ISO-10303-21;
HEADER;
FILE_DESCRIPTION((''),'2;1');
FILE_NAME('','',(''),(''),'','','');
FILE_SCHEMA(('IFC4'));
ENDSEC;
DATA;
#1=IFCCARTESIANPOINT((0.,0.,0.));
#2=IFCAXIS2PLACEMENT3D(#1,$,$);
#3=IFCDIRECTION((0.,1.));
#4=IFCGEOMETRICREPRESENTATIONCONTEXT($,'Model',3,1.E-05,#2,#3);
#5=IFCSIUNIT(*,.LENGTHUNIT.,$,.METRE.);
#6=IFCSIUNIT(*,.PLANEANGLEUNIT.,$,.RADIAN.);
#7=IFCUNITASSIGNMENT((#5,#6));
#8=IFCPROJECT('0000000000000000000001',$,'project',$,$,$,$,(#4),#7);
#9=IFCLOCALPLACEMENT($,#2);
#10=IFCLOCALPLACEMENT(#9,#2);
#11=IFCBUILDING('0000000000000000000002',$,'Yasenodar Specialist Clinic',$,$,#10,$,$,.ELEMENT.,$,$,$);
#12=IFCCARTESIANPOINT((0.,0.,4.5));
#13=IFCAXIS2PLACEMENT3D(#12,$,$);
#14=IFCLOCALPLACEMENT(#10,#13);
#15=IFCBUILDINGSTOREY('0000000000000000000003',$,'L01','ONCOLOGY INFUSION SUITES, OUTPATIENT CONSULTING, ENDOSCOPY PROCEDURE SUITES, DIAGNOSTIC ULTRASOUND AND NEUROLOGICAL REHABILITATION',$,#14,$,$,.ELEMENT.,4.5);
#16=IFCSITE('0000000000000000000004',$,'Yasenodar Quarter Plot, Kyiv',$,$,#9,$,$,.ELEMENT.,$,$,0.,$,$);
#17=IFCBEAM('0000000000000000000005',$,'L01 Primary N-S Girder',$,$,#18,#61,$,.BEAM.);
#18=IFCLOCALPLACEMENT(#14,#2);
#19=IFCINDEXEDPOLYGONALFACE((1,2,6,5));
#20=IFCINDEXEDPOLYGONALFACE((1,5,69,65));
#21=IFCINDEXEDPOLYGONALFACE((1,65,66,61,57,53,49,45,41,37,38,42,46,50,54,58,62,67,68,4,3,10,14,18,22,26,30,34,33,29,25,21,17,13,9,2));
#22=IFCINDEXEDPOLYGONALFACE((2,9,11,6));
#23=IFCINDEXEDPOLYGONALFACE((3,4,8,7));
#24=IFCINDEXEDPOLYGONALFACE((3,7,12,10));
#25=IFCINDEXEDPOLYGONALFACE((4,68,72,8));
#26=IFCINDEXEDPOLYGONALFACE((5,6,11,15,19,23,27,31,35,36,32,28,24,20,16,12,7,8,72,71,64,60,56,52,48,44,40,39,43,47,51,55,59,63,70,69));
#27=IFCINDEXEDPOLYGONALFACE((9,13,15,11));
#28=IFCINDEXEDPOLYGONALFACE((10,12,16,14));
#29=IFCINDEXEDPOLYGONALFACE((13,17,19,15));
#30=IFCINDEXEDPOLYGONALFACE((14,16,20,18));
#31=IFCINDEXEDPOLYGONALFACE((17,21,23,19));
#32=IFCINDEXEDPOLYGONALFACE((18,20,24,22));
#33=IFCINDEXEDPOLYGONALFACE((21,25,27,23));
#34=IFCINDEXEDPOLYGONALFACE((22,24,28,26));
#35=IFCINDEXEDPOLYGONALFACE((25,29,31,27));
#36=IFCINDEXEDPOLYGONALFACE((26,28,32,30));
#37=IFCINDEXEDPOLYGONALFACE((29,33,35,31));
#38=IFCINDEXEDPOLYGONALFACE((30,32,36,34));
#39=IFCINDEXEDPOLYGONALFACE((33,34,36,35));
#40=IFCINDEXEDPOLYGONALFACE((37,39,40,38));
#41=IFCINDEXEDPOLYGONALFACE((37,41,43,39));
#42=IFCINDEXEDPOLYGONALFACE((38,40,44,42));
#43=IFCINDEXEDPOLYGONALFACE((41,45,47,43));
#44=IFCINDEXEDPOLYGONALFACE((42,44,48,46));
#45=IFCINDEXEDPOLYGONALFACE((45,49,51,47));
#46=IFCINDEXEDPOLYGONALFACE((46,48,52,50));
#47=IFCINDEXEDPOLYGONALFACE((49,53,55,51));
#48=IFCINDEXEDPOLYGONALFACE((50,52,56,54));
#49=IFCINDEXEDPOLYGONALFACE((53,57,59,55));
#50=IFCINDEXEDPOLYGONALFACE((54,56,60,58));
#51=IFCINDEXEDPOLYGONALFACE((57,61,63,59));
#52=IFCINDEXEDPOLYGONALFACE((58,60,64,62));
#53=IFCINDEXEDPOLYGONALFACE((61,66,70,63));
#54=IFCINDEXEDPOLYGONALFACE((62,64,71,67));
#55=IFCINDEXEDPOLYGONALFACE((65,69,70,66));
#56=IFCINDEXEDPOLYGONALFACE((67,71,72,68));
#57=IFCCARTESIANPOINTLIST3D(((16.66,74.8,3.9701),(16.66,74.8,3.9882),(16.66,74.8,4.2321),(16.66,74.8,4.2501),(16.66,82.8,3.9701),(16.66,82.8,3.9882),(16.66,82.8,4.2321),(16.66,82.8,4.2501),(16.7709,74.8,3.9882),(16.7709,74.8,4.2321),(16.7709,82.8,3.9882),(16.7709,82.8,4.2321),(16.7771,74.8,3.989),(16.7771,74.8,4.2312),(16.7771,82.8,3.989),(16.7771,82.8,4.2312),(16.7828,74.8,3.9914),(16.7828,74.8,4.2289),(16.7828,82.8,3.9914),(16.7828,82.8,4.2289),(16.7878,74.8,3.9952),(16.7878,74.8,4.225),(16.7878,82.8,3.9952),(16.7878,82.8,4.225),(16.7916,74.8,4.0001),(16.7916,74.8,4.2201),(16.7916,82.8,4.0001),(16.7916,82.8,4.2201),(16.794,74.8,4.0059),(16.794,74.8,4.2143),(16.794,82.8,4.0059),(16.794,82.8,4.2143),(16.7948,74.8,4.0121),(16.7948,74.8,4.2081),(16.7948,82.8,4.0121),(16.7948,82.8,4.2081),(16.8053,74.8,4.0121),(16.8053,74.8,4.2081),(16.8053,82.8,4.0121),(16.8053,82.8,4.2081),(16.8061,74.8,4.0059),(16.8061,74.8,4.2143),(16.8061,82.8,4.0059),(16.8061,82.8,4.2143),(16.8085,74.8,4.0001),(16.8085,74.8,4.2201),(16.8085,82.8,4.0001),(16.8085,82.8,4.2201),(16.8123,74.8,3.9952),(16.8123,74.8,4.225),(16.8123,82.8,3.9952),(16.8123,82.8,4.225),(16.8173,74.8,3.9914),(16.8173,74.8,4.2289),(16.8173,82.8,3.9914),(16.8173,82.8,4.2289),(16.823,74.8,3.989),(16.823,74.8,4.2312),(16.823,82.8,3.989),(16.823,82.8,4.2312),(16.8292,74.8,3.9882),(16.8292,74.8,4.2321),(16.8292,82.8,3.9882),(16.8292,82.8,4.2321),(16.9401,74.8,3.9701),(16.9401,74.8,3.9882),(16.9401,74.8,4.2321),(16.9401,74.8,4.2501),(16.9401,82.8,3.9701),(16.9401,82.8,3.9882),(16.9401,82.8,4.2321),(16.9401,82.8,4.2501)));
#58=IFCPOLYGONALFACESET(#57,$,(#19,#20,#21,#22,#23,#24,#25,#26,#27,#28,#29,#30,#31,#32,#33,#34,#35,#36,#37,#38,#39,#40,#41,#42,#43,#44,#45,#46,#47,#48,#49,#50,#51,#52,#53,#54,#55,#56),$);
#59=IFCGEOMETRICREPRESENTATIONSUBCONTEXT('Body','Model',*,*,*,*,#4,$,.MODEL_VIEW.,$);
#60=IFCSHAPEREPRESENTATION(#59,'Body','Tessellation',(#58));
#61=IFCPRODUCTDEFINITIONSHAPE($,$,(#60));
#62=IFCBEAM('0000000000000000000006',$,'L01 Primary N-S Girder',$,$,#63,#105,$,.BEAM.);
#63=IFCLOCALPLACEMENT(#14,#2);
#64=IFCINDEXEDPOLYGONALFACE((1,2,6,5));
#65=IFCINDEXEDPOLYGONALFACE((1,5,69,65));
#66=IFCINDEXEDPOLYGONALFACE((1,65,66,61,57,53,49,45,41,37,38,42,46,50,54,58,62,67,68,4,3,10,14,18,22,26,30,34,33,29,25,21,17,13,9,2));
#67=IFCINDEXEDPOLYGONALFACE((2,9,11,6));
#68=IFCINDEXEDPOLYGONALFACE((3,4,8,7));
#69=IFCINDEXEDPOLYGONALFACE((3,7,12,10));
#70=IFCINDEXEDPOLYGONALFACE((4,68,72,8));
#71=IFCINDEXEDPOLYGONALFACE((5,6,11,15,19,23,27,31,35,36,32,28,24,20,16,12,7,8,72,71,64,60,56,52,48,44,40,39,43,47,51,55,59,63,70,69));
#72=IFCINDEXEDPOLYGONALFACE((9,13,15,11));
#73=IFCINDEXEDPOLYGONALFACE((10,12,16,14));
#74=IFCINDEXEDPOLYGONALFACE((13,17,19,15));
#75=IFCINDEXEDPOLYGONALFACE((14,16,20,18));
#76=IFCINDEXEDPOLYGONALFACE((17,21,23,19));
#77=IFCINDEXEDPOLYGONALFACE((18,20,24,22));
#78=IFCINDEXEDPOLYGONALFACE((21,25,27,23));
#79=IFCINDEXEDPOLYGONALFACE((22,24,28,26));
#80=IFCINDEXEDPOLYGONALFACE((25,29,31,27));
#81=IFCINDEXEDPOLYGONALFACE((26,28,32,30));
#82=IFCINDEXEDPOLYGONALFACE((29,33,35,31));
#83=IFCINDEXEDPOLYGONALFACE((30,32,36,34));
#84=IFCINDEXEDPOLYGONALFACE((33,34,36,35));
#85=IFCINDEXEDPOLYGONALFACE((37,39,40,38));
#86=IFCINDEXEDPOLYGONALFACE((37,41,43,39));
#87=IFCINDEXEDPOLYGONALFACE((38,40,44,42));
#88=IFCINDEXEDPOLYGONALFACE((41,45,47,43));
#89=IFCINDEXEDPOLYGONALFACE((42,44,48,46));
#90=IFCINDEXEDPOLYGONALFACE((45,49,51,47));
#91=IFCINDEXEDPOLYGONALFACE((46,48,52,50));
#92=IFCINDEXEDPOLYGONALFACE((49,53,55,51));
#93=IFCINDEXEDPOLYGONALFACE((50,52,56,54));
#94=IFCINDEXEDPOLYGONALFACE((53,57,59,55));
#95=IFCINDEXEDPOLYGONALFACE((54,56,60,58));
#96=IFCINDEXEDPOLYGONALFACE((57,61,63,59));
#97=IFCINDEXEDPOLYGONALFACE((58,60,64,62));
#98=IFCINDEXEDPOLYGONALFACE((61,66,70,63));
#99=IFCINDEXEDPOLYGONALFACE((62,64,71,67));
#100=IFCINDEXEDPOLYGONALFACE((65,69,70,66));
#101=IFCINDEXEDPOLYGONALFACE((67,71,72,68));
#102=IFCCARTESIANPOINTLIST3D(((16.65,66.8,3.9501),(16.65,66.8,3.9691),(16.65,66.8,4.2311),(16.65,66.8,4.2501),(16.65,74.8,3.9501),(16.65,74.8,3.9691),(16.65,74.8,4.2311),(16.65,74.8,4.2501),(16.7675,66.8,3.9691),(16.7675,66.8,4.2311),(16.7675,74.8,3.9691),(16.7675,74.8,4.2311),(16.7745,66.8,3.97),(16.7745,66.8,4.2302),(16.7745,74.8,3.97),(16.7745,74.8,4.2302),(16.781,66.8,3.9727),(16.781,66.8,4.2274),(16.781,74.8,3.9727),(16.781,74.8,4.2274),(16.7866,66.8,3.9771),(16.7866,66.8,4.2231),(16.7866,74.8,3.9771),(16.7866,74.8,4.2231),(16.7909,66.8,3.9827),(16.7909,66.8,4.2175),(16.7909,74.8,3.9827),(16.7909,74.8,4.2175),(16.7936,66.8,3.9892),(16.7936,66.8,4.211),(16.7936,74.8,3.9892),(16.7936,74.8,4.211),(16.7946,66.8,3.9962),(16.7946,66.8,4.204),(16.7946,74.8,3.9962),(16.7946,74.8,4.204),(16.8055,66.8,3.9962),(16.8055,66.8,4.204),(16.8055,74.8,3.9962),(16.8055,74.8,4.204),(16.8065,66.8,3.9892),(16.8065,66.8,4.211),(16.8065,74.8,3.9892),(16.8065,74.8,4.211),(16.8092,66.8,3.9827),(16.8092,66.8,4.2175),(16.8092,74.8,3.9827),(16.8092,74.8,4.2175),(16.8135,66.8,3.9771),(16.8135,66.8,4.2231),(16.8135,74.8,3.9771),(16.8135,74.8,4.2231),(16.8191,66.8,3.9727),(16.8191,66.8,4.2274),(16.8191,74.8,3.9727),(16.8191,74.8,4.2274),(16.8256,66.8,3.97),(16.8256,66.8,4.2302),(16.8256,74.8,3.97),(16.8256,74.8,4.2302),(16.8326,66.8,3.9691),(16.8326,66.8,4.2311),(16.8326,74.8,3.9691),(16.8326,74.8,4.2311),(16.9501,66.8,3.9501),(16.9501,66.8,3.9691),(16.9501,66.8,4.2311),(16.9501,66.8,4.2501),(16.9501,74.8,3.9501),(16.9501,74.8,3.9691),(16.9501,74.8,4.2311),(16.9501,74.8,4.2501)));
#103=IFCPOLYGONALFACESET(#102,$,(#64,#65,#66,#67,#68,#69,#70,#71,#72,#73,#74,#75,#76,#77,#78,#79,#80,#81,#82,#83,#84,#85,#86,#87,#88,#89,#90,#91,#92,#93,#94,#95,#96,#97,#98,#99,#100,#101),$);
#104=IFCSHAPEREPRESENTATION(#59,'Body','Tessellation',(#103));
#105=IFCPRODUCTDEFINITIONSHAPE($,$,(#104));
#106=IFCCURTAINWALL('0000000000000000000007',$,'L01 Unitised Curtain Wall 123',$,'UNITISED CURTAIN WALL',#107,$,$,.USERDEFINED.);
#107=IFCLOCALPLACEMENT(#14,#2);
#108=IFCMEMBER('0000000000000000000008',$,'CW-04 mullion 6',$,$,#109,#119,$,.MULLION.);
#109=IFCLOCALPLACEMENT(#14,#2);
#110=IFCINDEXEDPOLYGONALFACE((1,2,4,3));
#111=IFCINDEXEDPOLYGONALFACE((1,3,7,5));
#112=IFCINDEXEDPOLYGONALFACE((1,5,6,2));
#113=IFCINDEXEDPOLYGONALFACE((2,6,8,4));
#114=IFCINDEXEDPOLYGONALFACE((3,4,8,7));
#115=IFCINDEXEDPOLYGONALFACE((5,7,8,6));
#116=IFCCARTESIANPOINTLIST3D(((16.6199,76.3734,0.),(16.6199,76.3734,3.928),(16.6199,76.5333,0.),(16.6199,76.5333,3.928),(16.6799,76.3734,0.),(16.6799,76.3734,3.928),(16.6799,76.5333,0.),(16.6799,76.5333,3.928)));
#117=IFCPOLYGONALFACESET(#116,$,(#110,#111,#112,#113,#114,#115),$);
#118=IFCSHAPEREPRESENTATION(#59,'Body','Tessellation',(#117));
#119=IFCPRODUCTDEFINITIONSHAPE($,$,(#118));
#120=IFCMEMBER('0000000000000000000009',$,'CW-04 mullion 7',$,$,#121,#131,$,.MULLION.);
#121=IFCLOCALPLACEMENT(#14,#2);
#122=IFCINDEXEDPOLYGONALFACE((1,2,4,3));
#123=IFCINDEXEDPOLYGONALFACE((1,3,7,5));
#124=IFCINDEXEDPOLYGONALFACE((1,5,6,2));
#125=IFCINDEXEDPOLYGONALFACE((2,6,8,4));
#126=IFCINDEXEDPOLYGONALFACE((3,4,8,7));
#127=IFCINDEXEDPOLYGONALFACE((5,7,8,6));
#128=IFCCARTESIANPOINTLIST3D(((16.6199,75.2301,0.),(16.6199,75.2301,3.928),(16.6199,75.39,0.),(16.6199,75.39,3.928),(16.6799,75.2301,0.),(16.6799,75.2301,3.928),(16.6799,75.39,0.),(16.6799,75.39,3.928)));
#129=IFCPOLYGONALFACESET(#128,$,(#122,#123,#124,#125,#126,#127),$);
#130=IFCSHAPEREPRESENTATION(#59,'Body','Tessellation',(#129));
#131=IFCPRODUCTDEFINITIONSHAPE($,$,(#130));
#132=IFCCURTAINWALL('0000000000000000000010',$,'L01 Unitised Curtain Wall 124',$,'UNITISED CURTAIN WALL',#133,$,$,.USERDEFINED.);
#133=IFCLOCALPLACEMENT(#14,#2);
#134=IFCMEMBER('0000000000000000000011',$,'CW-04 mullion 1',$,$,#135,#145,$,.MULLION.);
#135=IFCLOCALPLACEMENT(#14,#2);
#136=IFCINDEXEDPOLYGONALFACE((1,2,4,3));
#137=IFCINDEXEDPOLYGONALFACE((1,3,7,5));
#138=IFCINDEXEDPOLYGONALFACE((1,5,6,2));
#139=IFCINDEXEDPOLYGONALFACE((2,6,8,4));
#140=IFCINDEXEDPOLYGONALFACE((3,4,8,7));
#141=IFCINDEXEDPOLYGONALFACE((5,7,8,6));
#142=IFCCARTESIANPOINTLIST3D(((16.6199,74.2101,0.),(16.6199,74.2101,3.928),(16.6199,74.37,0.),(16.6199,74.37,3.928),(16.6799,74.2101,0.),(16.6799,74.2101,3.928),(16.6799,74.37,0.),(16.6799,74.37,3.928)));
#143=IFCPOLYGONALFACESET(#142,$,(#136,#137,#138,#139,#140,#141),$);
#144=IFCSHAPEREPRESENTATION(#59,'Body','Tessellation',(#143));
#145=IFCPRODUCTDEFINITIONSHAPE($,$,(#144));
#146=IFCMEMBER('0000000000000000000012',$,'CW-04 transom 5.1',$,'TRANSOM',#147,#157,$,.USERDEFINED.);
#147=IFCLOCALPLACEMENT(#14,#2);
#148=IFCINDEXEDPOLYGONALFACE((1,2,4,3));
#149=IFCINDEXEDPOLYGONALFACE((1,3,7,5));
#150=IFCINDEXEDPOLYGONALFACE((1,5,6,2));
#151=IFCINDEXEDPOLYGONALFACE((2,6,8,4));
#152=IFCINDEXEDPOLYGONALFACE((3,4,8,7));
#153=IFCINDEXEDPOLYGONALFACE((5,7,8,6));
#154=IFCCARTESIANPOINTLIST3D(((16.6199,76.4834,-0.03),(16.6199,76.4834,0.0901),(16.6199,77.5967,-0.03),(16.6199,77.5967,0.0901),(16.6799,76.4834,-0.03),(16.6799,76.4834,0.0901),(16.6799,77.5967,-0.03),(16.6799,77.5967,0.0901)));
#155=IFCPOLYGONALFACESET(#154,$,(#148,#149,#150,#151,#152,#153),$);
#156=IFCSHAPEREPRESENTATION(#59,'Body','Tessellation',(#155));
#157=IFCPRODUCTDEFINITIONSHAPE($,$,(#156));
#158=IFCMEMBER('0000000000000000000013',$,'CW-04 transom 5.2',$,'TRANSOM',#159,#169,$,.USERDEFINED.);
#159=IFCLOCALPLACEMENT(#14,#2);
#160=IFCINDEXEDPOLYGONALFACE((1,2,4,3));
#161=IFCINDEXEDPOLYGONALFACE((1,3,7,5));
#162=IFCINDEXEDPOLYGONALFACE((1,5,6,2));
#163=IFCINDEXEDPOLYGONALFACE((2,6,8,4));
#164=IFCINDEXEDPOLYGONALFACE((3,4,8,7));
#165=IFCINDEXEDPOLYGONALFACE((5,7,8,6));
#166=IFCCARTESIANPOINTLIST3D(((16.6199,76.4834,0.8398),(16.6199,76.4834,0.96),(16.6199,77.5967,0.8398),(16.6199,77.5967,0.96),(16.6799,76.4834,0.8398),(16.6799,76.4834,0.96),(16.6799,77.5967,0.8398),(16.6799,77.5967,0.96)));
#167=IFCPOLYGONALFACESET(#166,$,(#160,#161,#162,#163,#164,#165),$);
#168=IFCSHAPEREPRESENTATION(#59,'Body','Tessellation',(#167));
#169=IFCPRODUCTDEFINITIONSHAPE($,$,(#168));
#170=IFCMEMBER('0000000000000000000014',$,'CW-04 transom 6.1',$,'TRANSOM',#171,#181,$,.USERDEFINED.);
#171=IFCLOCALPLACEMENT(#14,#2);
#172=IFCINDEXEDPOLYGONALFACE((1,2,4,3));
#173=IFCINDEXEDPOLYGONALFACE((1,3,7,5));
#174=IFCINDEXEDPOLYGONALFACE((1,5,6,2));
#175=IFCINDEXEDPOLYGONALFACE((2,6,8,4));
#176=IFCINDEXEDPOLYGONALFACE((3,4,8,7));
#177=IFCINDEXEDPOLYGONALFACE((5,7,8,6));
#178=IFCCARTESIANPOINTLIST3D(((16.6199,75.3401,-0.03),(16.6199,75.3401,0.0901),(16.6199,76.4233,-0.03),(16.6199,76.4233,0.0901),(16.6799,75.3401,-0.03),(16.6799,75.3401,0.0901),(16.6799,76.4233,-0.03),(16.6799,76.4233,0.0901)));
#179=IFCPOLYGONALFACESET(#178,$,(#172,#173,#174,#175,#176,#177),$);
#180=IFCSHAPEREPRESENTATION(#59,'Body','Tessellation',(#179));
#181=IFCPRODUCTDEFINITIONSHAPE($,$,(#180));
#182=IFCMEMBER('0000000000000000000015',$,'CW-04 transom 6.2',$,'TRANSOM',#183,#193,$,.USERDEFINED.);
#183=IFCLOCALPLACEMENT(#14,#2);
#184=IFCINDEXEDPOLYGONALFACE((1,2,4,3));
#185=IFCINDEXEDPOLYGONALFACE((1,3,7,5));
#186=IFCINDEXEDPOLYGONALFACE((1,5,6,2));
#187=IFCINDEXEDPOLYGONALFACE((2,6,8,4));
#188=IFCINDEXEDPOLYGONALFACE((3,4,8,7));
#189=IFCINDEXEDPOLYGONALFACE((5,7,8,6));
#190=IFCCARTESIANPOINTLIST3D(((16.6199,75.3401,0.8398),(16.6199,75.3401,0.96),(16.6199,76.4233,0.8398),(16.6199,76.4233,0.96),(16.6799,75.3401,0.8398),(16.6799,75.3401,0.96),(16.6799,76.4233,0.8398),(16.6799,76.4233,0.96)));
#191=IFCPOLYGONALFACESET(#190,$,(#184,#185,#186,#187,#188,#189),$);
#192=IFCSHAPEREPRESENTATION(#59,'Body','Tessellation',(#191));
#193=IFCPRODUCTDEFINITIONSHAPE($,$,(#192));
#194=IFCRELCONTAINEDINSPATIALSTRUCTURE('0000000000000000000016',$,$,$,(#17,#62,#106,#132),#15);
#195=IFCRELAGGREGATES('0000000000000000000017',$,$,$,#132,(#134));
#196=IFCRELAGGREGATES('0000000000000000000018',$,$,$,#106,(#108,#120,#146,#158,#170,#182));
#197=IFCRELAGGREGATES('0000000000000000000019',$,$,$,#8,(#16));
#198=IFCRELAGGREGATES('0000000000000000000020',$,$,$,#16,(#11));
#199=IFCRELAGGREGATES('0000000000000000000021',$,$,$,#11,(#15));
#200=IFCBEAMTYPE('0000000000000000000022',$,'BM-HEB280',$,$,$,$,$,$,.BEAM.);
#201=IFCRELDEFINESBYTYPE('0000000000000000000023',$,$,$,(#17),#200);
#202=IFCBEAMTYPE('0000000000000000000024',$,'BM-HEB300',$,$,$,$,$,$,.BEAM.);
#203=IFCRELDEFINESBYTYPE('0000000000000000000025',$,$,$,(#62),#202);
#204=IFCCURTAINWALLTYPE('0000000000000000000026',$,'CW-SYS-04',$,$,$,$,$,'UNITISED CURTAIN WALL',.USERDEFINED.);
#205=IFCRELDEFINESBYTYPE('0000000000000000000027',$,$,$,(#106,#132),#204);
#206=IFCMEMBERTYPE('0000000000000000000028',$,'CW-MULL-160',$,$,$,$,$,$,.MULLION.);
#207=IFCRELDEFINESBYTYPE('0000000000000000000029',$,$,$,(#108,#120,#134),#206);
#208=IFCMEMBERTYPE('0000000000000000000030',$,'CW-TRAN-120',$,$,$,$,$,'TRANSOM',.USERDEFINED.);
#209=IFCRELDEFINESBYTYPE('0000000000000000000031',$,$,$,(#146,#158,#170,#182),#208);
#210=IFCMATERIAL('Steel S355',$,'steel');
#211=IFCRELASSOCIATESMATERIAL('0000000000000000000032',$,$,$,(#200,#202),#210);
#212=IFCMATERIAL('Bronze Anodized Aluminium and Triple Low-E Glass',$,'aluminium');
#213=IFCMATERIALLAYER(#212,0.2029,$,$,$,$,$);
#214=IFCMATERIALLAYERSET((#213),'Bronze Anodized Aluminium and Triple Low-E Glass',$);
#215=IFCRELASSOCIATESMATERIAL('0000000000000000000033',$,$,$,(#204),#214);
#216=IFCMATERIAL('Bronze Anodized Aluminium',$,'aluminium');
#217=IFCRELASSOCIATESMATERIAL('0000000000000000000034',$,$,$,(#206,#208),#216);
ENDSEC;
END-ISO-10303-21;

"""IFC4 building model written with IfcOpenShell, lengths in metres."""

from ifc_helpers import new_model, si_unit, direction, frame, origin, origin_2d, place, context, subcontext, project, spatial, rectangle, i_section, extrude, material, layer, layer_set, material_profile, profile_set, type_object, element, aggregate, save


model = new_model("IFC4")

# Units and contexts
model_context = context("Model", 3, precision=1e-05, world=origin(), true_north=direction((0.0, 1.0)))
body_context = subcontext(model_context, "Body", "Model", "MODEL_VIEW")
ifc_project = project(units=[si_unit("LENGTHUNIT", "METRE"), si_unit("PLANEANGLEUNIT", "RADIAN")], contexts=[model_context])

# Site, building, storey
site_placement = place(None, origin())
site = spatial("IfcSite", under=ifc_project, at=site_placement, Name="Yasenodar Quarter Plot, Kyiv", CompositionType="ELEMENT", RefElevation=0.0)
building_placement = place(site_placement, origin())
building = spatial("IfcBuilding", under=site, at=building_placement, Name="Yasenodar Specialist Clinic", CompositionType="ELEMENT")
storey_placement = place(building_placement, frame((0.0, 0.0, 4.5)))
storey = spatial("IfcBuildingStorey", under=building, at=storey_placement, Name="L01", Description="ONCOLOGY INFUSION SUITES, OUTPATIENT CONSULTING, ENDOSCOPY PROCEDURE SUITES, DIAGNOSTIC ULTRASOUND AND NEUROLOGICAL REHABILITATION", CompositionType="ELEMENT", Elevation=4.5)

# Shared definitions
ifc_material_1 = material(Name="Steel S355", Category="steel")

# Beams
ifc_material_profile_1 = material_profile(ifc_material_1, i_section(OverallWidth=0.28, OverallDepth=0.28, WebThickness=0.0105, FlangeThickness=0.0181, FilletRadius=0.0239, at=origin_2d()), Name="HEB 280")
ifc_profile_set_1 = profile_set([ifc_material_profile_1], Name="Steel S355")
beam_type_1 = type_object("IfcBeamType", Name="BM-HEB280", PredefinedType="BEAM", material=ifc_profile_set_1)
beam_1_placement = place(storey_placement, frame((16.8, 74.8, 4.1101), z_axis=(0.0, 1.0, 0.0), x_axis=(-1.0, 0.0, 0.0)))
element("IfcBeam", 1, at=beam_1_placement, inside=storey, type_object=beam_type_1, Name="L01 Primary N-S Girder", PredefinedType="BEAM", context=body_context, shape_type="SweptSolid", body=[
    extrude(i_section(OverallWidth=0.28, OverallDepth=0.28, WebThickness=0.0105, FlangeThickness=0.0181, FilletRadius=0.0239, at=origin_2d()), origin(), (0.0, 0.0, 1.0), 8.0),
])
ifc_material_profile_2 = material_profile(ifc_material_1, i_section(OverallWidth=0.3, OverallDepth=0.3, WebThickness=0.011, FlangeThickness=0.019, FilletRadius=0.0271, at=origin_2d()), Name="HEB 300")
ifc_profile_set_2 = profile_set([ifc_material_profile_2], Name="Steel S355")
beam_type_2 = type_object("IfcBeamType", Name="BM-HEB300", PredefinedType="BEAM", material=ifc_profile_set_2)
beam_2_placement = place(storey_placement, frame((16.8, 66.8, 4.1001), z_axis=(0.0, 1.0, 0.0), x_axis=(-1.0, 0.0, 0.0)))
element("IfcBeam", 2, at=beam_2_placement, inside=storey, type_object=beam_type_2, Name="L01 Primary N-S Girder", PredefinedType="BEAM", context=body_context, shape_type="SweptSolid", body=[
    extrude(i_section(OverallWidth=0.3, OverallDepth=0.3, WebThickness=0.011, FlangeThickness=0.019, FilletRadius=0.0271, at=origin_2d()), origin(), (0.0, 0.0, 1.0), 8.0),
])

# Curtain wall, members
ifc_material_2 = material(Name="Bronze Anodized Aluminium and Triple Low-E Glass", Category="aluminium")
ifc_layer_1 = layer(ifc_material_2, 0.2029)
ifc_layer_set_1 = layer_set([ifc_layer_1], Name="Bronze Anodized Aluminium and Triple Low-E Glass")
curtain_wall_type = type_object("IfcCurtainWallType", Name="CW-SYS-04", ElementType="UNITISED CURTAIN WALL", PredefinedType="USERDEFINED", material=ifc_layer_set_1)
curtain_wall_1_placement = place(storey_placement, origin())
curtain_wall_1 = element("IfcCurtainWall", 3, at=curtain_wall_1_placement, inside=storey, type_object=curtain_wall_type, Name="L01 Unitised Curtain Wall 123", ObjectType="UNITISED CURTAIN WALL", PredefinedType="USERDEFINED")
ifc_material_3 = material(Name="Bronze Anodized Aluminium", Category="aluminium")
ifc_material_profile_3 = material_profile(ifc_material_3, rectangle(XDim=0.0601, YDim=0.1599, at=origin_2d()), Name="CW-MULL 60x160")
ifc_profile_set_3 = profile_set([ifc_material_profile_3], Name="Bronze Anodized Aluminium")
member_type_1 = type_object("IfcMemberType", Name="CW-MULL-160", PredefinedType="MULLION", material=ifc_profile_set_3)
member_1_placement = place(storey_placement, frame((16.6499, 76.4534, 0.0), z_axis=(0.0, 0.0, 1.0), x_axis=(1.0, 0.0, 0.0)))
member_1 = element("IfcMember", 4, at=member_1_placement, type_object=member_type_1, Name="CW-04 mullion 6", PredefinedType="MULLION", context=body_context, shape_type="SweptSolid", body=[
    extrude(rectangle(XDim=0.0601, YDim=0.1599, at=origin_2d()), origin(), (0.0, 0.0, 1.0), 3.928),
])
member_2_placement = place(storey_placement, frame((16.6499, 75.3101, 0.0), z_axis=(0.0, 0.0, 1.0), x_axis=(1.0, 0.0, 0.0)))
member_2 = element("IfcMember", 5, at=member_2_placement, type_object=member_type_1, Name="CW-04 mullion 7", PredefinedType="MULLION", context=body_context, shape_type="SweptSolid", body=[
    extrude(rectangle(XDim=0.0601, YDim=0.1599, at=origin_2d()), origin(), (0.0, 0.0, 1.0), 3.928),
])

# Curtain wall, member
curtain_wall_2_placement = place(storey_placement, origin())
curtain_wall_2 = element("IfcCurtainWall", 6, at=curtain_wall_2_placement, inside=storey, type_object=curtain_wall_type, Name="L01 Unitised Curtain Wall 124", ObjectType="UNITISED CURTAIN WALL", PredefinedType="USERDEFINED")
member_3_placement = place(storey_placement, frame((16.6499, 74.29, 0.0), z_axis=(0.0, 0.0, 1.0), x_axis=(1.0, 0.0, 0.0)))
member_3 = element("IfcMember", 7, at=member_3_placement, type_object=member_type_1, Name="CW-04 mullion 1", PredefinedType="MULLION", context=body_context, shape_type="SweptSolid", body=[
    extrude(rectangle(XDim=0.0601, YDim=0.1599, at=origin_2d()), origin(), (0.0, 0.0, 1.0), 3.928),
])

# Members
ifc_material_profile_4 = material_profile(ifc_material_3, rectangle(XDim=0.0601, YDim=0.1201, at=origin_2d()), Name="CW-TRAN 60x120")
ifc_profile_set_4 = profile_set([ifc_material_profile_4], Name="Bronze Anodized Aluminium")
member_type_2 = type_object("IfcMemberType", Name="CW-TRAN-120", ElementType="TRANSOM", PredefinedType="USERDEFINED", material=ifc_profile_set_4)
member_4_placement = place(storey_placement, frame((16.6499, 77.5967, 0.03), z_axis=(0.0, -1.0, 0.0), x_axis=(1.0, 0.0, 0.0)))
member_4 = element("IfcMember", 8, at=member_4_placement, type_object=member_type_2, Name="CW-04 transom 5.1", ObjectType="TRANSOM", PredefinedType="USERDEFINED", context=body_context, shape_type="SweptSolid", body=[
    extrude(rectangle(XDim=0.0601, YDim=0.1201, at=origin_2d()), origin(), (0.0, 0.0, 1.0), 1.1133),
])
member_5_placement = place(storey_placement, frame((16.6499, 77.5967, 0.8999), z_axis=(0.0, -1.0, 0.0), x_axis=(1.0, 0.0, 0.0)))
member_5 = element("IfcMember", 9, at=member_5_placement, type_object=member_type_2, Name="CW-04 transom 5.2", ObjectType="TRANSOM", PredefinedType="USERDEFINED", context=body_context, shape_type="SweptSolid", body=[
    extrude(rectangle(XDim=0.0601, YDim=0.1201, at=origin_2d()), origin(), (0.0, 0.0, 1.0), 1.1133),
])
member_6_placement = place(storey_placement, frame((16.6499, 76.4233, 0.03), z_axis=(0.0, -1.0, 0.0), x_axis=(1.0, 0.0, 0.0)))
member_6 = element("IfcMember", 10, at=member_6_placement, type_object=member_type_2, Name="CW-04 transom 6.1", ObjectType="TRANSOM", PredefinedType="USERDEFINED", context=body_context, shape_type="SweptSolid", body=[
    extrude(rectangle(XDim=0.0601, YDim=0.1201, at=origin_2d()), origin(), (0.0, 0.0, 1.0), 1.0833),
])
member_7_placement = place(storey_placement, frame((16.6499, 76.4233, 0.8999), z_axis=(0.0, -1.0, 0.0), x_axis=(1.0, 0.0, 0.0)))
member_7 = element("IfcMember", 11, at=member_7_placement, type_object=member_type_2, Name="CW-04 transom 6.2", ObjectType="TRANSOM", PredefinedType="USERDEFINED", context=body_context, shape_type="SweptSolid", body=[
    extrude(rectangle(XDim=0.0601, YDim=0.1201, at=origin_2d()), origin(), (0.0, 0.0, 1.0), 1.0833),
])
aggregate(curtain_wall_2, [member_3])

aggregate(curtain_wall_1, [member_1, member_2, member_4, member_5, member_6, member_7])

save(model, "model.ifc")
